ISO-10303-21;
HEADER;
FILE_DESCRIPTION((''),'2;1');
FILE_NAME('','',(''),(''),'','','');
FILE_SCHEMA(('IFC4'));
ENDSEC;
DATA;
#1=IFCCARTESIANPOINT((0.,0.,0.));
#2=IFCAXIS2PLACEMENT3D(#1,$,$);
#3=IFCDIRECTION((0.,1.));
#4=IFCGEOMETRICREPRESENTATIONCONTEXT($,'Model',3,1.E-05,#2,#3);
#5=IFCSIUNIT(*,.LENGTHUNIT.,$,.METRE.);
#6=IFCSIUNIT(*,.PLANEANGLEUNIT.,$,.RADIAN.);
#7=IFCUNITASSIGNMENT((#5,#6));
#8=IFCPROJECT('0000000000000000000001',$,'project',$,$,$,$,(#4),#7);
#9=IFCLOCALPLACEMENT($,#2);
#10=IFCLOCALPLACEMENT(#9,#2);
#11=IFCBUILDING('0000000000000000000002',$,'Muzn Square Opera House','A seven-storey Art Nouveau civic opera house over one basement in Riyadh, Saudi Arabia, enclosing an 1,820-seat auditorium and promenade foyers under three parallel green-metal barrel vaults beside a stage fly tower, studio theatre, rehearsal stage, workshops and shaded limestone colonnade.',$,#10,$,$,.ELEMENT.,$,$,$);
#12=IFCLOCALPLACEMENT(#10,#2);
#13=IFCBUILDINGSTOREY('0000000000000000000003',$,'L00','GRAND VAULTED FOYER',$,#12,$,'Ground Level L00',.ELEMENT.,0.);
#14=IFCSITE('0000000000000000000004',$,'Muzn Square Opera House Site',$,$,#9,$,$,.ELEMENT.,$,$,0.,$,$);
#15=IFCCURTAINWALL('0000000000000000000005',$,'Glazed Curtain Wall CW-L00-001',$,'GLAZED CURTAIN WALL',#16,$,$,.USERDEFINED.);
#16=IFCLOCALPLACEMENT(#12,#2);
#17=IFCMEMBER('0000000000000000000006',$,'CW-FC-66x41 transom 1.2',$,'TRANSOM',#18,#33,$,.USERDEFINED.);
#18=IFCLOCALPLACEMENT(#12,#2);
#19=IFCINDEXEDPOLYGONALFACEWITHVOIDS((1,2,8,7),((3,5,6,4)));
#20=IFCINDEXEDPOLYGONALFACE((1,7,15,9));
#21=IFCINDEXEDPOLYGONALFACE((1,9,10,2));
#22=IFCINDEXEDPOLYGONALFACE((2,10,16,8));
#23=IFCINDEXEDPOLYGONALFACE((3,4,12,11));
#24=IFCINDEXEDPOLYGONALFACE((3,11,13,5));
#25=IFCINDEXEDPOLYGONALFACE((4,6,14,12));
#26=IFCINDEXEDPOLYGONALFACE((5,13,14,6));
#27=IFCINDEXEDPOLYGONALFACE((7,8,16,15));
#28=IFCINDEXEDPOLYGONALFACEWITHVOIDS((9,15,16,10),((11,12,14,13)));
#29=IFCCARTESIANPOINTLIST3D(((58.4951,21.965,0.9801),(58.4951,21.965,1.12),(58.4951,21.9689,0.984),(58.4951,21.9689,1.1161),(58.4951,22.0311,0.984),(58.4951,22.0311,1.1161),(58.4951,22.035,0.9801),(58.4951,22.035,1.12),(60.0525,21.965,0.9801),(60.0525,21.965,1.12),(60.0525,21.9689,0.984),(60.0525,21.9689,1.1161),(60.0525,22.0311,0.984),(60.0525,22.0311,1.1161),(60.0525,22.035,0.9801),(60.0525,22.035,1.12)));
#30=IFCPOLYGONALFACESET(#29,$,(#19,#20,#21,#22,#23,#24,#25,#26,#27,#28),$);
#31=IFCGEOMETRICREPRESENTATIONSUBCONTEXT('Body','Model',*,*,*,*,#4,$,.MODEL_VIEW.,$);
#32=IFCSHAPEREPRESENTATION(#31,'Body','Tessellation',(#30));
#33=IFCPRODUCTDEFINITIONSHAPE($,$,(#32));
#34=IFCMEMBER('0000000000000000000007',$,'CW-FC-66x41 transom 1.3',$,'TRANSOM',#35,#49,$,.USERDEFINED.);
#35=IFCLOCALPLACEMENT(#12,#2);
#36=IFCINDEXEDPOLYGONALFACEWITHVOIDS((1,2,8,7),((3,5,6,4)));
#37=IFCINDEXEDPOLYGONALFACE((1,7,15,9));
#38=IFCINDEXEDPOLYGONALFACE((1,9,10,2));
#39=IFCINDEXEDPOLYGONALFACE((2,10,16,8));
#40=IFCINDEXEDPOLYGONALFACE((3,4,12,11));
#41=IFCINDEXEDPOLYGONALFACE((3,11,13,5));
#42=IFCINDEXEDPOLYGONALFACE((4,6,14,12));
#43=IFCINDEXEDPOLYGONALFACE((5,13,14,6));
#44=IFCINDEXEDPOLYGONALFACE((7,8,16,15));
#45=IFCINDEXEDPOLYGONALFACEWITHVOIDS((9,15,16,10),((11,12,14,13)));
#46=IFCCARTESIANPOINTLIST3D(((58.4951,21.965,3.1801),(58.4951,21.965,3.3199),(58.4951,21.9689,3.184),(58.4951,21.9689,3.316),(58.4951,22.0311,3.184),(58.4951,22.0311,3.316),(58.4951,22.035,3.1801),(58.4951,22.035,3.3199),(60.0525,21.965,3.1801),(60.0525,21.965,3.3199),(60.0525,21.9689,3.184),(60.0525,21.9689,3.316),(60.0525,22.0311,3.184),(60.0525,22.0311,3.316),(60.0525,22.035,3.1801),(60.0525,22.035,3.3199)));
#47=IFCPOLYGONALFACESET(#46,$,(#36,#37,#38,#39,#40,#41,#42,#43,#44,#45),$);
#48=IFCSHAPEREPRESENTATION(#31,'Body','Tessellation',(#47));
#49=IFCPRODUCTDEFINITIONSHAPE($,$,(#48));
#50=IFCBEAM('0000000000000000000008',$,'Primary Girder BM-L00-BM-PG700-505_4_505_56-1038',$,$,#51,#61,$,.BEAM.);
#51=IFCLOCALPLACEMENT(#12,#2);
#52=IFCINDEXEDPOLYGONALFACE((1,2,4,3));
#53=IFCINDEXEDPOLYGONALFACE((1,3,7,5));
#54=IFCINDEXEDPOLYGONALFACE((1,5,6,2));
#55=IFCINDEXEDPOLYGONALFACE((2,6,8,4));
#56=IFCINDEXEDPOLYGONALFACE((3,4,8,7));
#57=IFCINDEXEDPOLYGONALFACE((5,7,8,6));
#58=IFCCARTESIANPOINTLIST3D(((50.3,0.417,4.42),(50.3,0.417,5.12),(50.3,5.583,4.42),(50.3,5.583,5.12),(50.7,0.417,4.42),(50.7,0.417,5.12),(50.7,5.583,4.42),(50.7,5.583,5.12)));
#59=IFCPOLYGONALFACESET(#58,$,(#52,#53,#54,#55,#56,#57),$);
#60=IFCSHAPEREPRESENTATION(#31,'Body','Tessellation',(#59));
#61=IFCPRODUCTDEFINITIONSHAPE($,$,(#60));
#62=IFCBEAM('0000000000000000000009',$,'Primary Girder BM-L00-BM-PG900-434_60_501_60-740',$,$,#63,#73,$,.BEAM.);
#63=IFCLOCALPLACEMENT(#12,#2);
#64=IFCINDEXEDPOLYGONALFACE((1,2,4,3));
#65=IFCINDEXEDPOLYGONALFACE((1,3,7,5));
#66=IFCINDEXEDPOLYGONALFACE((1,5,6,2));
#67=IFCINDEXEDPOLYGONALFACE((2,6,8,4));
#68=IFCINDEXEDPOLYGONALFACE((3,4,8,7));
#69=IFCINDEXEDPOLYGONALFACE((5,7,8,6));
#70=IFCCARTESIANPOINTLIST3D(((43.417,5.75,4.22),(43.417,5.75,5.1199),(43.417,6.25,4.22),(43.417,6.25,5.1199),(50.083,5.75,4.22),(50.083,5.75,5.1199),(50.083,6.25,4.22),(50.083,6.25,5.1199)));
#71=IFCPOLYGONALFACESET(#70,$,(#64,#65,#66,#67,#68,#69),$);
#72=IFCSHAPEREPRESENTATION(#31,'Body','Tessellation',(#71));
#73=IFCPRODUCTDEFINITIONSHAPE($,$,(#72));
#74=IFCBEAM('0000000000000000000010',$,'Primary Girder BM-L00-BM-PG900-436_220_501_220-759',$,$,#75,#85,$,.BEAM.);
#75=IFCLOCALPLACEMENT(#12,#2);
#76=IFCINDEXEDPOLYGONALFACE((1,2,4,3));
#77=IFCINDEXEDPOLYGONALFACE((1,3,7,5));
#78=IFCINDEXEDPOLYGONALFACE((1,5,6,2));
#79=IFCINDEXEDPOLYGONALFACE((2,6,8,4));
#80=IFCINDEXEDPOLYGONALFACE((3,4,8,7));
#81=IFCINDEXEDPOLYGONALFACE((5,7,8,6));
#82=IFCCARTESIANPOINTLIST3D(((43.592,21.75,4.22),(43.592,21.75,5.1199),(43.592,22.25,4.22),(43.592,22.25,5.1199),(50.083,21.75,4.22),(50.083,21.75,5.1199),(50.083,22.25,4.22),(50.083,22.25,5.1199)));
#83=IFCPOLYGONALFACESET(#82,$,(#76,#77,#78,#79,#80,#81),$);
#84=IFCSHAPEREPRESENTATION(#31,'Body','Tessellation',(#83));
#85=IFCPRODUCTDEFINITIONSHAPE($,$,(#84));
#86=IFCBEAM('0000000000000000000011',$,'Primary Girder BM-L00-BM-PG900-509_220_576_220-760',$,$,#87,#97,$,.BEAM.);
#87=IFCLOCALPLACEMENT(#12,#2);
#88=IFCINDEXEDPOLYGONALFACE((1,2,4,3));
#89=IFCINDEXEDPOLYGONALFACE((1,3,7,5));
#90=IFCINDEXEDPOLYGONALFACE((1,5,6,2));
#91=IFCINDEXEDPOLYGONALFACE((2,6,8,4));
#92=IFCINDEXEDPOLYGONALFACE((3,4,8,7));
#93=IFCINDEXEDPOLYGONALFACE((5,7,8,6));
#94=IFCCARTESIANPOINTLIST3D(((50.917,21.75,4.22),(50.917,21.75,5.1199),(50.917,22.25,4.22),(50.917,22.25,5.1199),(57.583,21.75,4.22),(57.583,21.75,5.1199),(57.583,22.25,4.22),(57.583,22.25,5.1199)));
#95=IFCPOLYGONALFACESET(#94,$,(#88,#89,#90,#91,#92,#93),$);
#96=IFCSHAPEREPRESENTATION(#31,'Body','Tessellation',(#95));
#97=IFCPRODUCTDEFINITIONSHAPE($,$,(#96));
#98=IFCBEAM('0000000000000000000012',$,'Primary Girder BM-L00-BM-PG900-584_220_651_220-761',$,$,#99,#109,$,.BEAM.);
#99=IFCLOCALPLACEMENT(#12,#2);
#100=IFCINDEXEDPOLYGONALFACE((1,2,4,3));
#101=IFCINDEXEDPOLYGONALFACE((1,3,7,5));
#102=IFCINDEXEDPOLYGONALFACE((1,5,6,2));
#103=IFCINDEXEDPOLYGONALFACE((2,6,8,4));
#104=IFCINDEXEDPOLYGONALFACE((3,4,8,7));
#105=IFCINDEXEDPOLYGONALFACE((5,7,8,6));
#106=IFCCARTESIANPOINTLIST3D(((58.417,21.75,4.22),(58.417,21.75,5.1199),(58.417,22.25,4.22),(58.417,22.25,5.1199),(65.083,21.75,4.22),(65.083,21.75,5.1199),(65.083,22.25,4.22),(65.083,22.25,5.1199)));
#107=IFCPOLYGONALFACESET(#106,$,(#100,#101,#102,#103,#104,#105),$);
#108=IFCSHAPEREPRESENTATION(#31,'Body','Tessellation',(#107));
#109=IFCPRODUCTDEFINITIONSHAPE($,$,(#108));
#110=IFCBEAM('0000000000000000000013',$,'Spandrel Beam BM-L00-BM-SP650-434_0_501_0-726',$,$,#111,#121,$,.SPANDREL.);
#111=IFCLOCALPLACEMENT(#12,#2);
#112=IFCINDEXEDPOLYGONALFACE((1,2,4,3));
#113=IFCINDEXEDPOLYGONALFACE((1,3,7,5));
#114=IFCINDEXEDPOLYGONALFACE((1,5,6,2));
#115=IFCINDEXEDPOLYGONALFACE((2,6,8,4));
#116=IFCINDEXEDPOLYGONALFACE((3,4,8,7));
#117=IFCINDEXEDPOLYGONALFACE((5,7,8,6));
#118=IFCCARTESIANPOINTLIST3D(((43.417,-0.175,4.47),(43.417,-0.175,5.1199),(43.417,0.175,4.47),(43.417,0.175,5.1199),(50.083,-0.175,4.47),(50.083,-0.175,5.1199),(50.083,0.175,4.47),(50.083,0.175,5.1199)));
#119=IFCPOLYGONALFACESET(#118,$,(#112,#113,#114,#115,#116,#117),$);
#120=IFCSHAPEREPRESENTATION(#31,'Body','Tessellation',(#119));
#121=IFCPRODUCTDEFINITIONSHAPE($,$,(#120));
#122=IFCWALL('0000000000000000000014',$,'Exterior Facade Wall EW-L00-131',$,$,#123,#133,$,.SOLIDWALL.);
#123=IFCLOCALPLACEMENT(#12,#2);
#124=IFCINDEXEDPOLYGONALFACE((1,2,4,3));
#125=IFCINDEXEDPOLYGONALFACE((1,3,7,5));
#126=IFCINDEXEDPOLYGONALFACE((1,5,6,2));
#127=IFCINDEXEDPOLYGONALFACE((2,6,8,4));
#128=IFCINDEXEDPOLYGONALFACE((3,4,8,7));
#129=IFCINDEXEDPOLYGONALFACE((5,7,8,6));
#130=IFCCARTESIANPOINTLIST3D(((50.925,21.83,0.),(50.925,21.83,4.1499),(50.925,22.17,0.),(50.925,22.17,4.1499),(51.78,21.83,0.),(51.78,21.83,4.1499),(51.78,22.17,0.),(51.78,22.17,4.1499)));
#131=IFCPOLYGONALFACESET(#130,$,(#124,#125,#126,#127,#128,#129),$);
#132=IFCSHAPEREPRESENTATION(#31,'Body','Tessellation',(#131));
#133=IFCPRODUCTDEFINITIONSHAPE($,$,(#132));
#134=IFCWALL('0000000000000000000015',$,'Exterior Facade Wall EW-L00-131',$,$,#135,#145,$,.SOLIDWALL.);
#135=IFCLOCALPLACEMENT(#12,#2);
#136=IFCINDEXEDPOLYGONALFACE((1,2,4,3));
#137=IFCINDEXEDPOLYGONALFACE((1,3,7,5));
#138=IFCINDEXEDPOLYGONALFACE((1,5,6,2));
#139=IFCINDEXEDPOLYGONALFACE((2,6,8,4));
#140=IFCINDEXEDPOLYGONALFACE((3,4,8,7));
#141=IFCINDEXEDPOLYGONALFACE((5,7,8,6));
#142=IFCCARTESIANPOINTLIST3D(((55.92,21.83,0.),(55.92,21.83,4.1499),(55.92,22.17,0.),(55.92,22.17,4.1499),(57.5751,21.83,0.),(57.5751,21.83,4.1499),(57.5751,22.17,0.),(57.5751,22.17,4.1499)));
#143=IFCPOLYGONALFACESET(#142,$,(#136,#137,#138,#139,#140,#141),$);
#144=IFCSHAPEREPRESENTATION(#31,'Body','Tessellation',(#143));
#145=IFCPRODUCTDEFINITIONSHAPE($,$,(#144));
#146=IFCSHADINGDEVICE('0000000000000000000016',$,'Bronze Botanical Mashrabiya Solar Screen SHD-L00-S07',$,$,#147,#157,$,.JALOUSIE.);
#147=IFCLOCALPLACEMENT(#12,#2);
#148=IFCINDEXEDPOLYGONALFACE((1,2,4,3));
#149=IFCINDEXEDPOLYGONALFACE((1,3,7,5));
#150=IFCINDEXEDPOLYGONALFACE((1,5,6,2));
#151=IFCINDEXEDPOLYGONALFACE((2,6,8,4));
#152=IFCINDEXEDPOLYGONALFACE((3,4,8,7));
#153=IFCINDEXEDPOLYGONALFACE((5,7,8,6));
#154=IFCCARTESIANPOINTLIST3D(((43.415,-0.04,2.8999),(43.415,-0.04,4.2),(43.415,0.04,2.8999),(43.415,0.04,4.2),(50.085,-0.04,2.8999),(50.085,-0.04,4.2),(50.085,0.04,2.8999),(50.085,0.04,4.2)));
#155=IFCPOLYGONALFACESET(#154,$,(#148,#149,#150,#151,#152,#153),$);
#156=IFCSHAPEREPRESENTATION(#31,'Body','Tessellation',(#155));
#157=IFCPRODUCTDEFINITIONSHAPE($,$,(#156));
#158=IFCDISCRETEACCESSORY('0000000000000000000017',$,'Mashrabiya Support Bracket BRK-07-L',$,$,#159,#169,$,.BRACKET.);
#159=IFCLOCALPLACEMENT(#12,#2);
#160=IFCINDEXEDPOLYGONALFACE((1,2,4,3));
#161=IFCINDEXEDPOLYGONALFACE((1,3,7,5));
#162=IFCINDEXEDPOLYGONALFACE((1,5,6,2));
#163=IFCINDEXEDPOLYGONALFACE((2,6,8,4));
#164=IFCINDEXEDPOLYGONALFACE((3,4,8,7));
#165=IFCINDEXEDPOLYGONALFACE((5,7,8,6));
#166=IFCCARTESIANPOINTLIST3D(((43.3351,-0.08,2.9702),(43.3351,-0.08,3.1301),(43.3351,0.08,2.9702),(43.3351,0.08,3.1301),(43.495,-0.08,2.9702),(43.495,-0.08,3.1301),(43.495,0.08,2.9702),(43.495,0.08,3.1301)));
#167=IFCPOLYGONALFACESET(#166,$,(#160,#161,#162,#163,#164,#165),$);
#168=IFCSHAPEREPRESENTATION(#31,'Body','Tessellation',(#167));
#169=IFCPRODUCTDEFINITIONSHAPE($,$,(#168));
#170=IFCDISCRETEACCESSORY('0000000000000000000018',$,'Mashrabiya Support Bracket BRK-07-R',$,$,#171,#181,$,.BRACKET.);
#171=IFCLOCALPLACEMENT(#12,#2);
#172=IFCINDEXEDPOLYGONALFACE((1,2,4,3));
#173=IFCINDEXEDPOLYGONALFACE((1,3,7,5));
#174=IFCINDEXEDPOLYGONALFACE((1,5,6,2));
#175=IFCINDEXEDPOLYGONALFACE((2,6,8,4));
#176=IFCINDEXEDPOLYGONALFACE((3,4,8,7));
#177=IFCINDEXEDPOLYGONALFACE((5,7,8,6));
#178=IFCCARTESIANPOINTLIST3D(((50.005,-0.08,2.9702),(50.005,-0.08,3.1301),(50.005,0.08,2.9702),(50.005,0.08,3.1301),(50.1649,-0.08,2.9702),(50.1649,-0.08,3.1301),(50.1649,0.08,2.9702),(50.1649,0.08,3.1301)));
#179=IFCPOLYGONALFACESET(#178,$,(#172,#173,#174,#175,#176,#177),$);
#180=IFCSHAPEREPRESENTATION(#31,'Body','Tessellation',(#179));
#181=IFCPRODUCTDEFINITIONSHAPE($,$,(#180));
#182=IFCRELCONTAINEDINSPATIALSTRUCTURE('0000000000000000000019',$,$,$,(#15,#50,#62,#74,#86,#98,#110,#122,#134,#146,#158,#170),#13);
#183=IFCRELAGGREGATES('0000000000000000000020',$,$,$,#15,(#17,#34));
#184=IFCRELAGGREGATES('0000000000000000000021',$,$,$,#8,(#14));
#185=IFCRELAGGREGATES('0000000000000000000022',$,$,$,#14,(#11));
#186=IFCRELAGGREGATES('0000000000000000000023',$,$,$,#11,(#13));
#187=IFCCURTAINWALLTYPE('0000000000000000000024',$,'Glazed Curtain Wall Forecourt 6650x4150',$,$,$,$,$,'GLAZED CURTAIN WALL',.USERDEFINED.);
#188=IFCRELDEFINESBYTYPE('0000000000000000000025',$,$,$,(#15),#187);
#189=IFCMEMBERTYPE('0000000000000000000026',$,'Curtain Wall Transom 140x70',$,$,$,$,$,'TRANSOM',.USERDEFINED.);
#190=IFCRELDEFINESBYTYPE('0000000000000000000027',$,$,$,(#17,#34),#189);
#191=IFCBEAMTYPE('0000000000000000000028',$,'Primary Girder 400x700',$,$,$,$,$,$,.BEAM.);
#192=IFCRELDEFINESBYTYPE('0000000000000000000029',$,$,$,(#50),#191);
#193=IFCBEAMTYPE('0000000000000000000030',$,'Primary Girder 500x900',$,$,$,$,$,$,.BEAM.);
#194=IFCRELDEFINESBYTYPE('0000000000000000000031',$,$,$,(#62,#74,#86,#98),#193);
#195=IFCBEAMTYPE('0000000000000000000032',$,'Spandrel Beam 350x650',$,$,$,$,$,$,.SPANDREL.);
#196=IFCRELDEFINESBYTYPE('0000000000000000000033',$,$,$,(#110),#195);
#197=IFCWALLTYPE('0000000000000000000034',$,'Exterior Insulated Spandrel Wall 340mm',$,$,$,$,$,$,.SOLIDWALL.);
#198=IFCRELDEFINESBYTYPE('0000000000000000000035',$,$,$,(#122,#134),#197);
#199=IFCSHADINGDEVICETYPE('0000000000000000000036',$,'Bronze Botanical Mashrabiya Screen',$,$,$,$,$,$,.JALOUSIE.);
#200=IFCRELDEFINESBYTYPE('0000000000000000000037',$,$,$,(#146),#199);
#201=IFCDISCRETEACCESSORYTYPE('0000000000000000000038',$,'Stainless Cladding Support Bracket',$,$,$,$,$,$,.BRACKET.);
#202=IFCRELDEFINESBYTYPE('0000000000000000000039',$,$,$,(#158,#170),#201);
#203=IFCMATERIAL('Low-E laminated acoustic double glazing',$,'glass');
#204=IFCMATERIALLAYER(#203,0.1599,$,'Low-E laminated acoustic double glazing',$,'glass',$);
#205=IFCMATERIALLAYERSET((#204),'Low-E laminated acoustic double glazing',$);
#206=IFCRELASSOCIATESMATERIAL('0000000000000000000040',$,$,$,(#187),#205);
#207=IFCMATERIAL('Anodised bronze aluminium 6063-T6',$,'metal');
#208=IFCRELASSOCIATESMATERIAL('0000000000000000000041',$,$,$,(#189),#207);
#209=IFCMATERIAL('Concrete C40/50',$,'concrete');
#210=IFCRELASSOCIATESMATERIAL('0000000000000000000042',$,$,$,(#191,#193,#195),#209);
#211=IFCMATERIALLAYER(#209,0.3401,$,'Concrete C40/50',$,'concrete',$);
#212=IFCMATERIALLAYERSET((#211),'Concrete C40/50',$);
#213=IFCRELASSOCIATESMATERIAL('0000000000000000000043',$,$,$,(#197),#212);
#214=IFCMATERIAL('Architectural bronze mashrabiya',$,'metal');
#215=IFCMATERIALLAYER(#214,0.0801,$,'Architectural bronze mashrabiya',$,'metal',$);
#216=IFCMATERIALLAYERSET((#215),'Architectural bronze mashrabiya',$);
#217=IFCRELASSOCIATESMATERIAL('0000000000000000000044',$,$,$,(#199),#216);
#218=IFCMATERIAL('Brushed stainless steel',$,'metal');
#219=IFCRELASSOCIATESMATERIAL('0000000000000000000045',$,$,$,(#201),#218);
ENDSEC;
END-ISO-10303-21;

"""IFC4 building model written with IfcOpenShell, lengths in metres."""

from ifc_helpers import new_model, si_unit, direction, frame, frame_2d, origin, origin_2d, place, context, subcontext, project, spatial, rectangle, hollow_rectangle, extrude, material, layer, layer_set, material_profile, profile_set, type_object, element, aggregate, save


model = new_model("IFC4")

# Units and contexts
model_context = context("Model", 3, precision=1e-05, world=origin(), true_north=direction((0.0, 1.0)))
body_context = subcontext(model_context, "Body", "Model", "MODEL_VIEW")
ifc_project = project(units=[si_unit("LENGTHUNIT", "METRE"), si_unit("PLANEANGLEUNIT", "RADIAN")], contexts=[model_context])

# Site, building, storey
site_placement = place(None, origin())
site = spatial("IfcSite", under=ifc_project, at=site_placement, Name="Muzn Square Opera House Site", CompositionType="ELEMENT", RefElevation=0.0)
building_placement = place(site_placement, origin())
building = spatial("IfcBuilding", under=site, at=building_placement, Name="Muzn Square Opera House", Description="A seven-storey Art Nouveau civic opera house over one basement in Riyadh, Saudi Arabia, enclosing an 1,820-seat auditorium and promenade foyers under three parallel green-metal barrel vaults beside a stage fly tower, studio theatre, rehearsal stage, workshops and shaded limestone colonnade.", CompositionType="ELEMENT")
storey_placement = place(building_placement, origin())
storey = spatial("IfcBuildingStorey", under=building, at=storey_placement, Name="L00", Description="GRAND VAULTED FOYER", LongName="Ground Level L00", CompositionType="ELEMENT", Elevation=0.0)

# Curtain wall, members
ifc_material_1 = material(Name="Low-E laminated acoustic double glazing", Category="glass")
ifc_layer_1 = layer(ifc_material_1, 0.1599, Name="Low-E laminated acoustic double glazing", Category="glass")
ifc_layer_set_1 = layer_set([ifc_layer_1], Name="Low-E laminated acoustic double glazing")
curtain_wall_type = type_object("IfcCurtainWallType", Name="Glazed Curtain Wall Forecourt 6650x4150", ElementType="GLAZED CURTAIN WALL", PredefinedType="USERDEFINED", material=ifc_layer_set_1)
curtain_wall_placement = place(storey_placement, origin())
curtain_wall = element("IfcCurtainWall", 1, at=curtain_wall_placement, inside=storey, type_object=curtain_wall_type, Name="Glazed Curtain Wall CW-L00-001", ObjectType="GLAZED CURTAIN WALL", PredefinedType="USERDEFINED")
ifc_material_2 = material(Name="Anodised bronze aluminium 6063-T6", Category="metal")
ifc_material_profile_1 = material_profile(ifc_material_2, hollow_rectangle(XDim=0.0701, YDim=0.1399, WallThickness=0.0039, at=origin_2d()), Name="ALU 140x70x4", Category="metal")
ifc_profile_set_1 = profile_set([ifc_material_profile_1], Name="Anodised bronze aluminium 6063-T6")
member_type_1 = type_object("IfcMemberType", Name="Curtain Wall Transom 140x70", ElementType="TRANSOM", PredefinedType="USERDEFINED", material=ifc_profile_set_1)
member_1_placement = place(storey_placement, frame((58.4951, 22.0, 1.05), z_axis=(1.0, 0.0, 0.0), x_axis=(0.0, 1.0, 0.0)))
member_1 = element("IfcMember", 2, at=member_1_placement, type_object=member_type_1, Name="CW-FC-66x41 transom 1.2", ObjectType="TRANSOM", PredefinedType="USERDEFINED", context=body_context, shape_type="SweptSolid", body=[
    extrude(hollow_rectangle(XDim=0.0701, YDim=0.1399, WallThickness=0.0039, at=origin_2d()), origin(), (0.0, 0.0, 1.0), 1.5574),
])
member_2_placement = place(storey_placement, frame((58.4951, 22.0, 3.25), z_axis=(1.0, 0.0, 0.0), x_axis=(0.0, 1.0, 0.0)))
member_2 = element("IfcMember", 3, at=member_2_placement, type_object=member_type_1, Name="CW-FC-66x41 transom 1.3", ObjectType="TRANSOM", PredefinedType="USERDEFINED", context=body_context, shape_type="SweptSolid", body=[
    extrude(hollow_rectangle(XDim=0.0701, YDim=0.1399, WallThickness=0.0039, at=origin_2d()), origin(), (0.0, 0.0, 1.0), 1.5574),
])
aggregate(curtain_wall, [member_1, member_2])

# Beams
ifc_material_3 = material(Name="Concrete C40/50", Category="concrete")
ifc_material_profile_2 = material_profile(ifc_material_3, rectangle(XDim=0.3999, YDim=0.7, at=origin_2d()), Name="RCB 400x700", Category="concrete")
ifc_profile_set_2 = profile_set([ifc_material_profile_2], Name="Concrete C40/50")
beam_type_1 = type_object("IfcBeamType", Name="Primary Girder 400x700", PredefinedType="BEAM", material=ifc_profile_set_2)
beam_1_placement = place(storey_placement, frame((50.5, 0.417, 4.77), z_axis=(0.0, 1.0, 0.0), x_axis=(-1.0, 0.0, 0.0)))
element("IfcBeam", 4, at=beam_1_placement, inside=storey, type_object=beam_type_1, Name="Primary Girder BM-L00-BM-PG700-505_4_505_56-1038", PredefinedType="BEAM", context=body_context, shape_type="SweptSolid", body=[
    extrude(rectangle(XDim=0.3999, YDim=0.7, at=origin_2d()), origin(), (0.0, 0.0, 1.0), 5.166),
])
ifc_material_profile_3 = material_profile(ifc_material_3, rectangle(XDim=0.5, YDim=0.8999, at=origin_2d()), Name="RCB 500x900", Category="concrete")
ifc_profile_set_3 = profile_set([ifc_material_profile_3], Name="Concrete C40/50")
beam_type_2 = type_object("IfcBeamType", Name="Primary Girder 500x900", PredefinedType="BEAM", material=ifc_profile_set_3)
beam_2_placement = place(storey_placement, frame((43.417, 6.0, 4.6699), z_axis=(1.0, 0.0, 0.0), x_axis=(0.0, 1.0, 0.0)))
element("IfcBeam", 5, at=beam_2_placement, inside=storey, type_object=beam_type_2, Name="Primary Girder BM-L00-BM-PG900-434_60_501_60-740", PredefinedType="BEAM", context=body_context, shape_type="SweptSolid", body=[
    extrude(rectangle(XDim=0.5, YDim=0.8999, at=origin_2d()), origin(), (0.0, 0.0, 1.0), 6.666),
])
beam_3_placement = place(storey_placement, frame((43.592, 22.0, 4.6699), z_axis=(1.0, 0.0, 0.0), x_axis=(0.0, 1.0, 0.0)))
element("IfcBeam", 6, at=beam_3_placement, inside=storey, type_object=beam_type_2, Name="Primary Girder BM-L00-BM-PG900-436_220_501_220-759", PredefinedType="BEAM", context=body_context, shape_type="SweptSolid", body=[
    extrude(rectangle(XDim=0.5, YDim=0.8999, at=origin_2d()), origin(), (0.0, 0.0, 1.0), 6.491),
])
for number, where, z_axis, x_axis, name in (
    (7, (50.917, 22.0, 4.6699), (1.0, 0.0, 0.0), (0.0, 1.0, 0.0), "Primary Girder BM-L00-BM-PG900-509_220_576_220-760"),
    (8, (58.417, 22.0, 4.6699), (1.0, 0.0, 0.0), (0.0, 1.0, 0.0), "Primary Girder BM-L00-BM-PG900-584_220_651_220-761"),
):
    element("IfcBeam", number, at=place(storey_placement, frame(where, z_axis=z_axis, x_axis=x_axis)), inside=storey, type_object=beam_type_2, Name=name, PredefinedType="BEAM", context=body_context, shape_type="SweptSolid", body=[
        extrude(rectangle(XDim=0.5, YDim=0.8999, at=origin_2d()), origin(), (0.0, 0.0, 1.0), 6.666),
    ])
ifc_material_profile_4 = material_profile(ifc_material_3, rectangle(XDim=0.3501, YDim=0.6499, at=origin_2d()), Name="RCS 350x650", Category="concrete")
ifc_profile_set_4 = profile_set([ifc_material_profile_4], Name="Concrete C40/50")
beam_type_3 = type_object("IfcBeamType", Name="Spandrel Beam 350x650", PredefinedType="SPANDREL", material=ifc_profile_set_4)
beam_4_placement = place(storey_placement, frame((43.417, 0.0, 4.7949), z_axis=(1.0, 0.0, 0.0), x_axis=(0.0, 1.0, 0.0)))
element("IfcBeam", 9, at=beam_4_placement, inside=storey, type_object=beam_type_3, Name="Spandrel Beam BM-L00-BM-SP650-434_0_501_0-726", PredefinedType="SPANDREL", context=body_context, shape_type="SweptSolid", body=[
    extrude(rectangle(XDim=0.3501, YDim=0.6499, at=origin_2d()), origin(), (0.0, 0.0, 1.0), 6.666),
])

# Walls
ifc_layer_2 = layer(ifc_material_3, 0.3401, Name="Concrete C40/50", Category="concrete")
ifc_layer_set_2 = layer_set([ifc_layer_2], Name="Concrete C40/50")
wall_type = type_object("IfcWallType", Name="Exterior Insulated Spandrel Wall 340mm", PredefinedType="SOLIDWALL", material=ifc_layer_set_2)
wall_1_placement = place(storey_placement, frame((50.925, 22.0, 0.0), z_axis=(0.0, 0.0, 1.0), x_axis=(1.0, 0.0, 0.0)))
element("IfcWall", 10, at=wall_1_placement, inside=storey, type_object=wall_type, Name="Exterior Facade Wall EW-L00-131", PredefinedType="SOLIDWALL", context=body_context, shape_type="SweptSolid", body=[
    extrude(rectangle(XDim=0.855, YDim=0.3401, at=frame_2d((0.4275, 0.0))), origin(), (0.0, 0.0, 1.0), 4.1499),
])
wall_2_placement = place(storey_placement, frame((55.9199, 22.0, 0.0), z_axis=(0.0, 0.0, 1.0), x_axis=(1.0, 0.0, 0.0)))
element("IfcWall", 11, at=wall_2_placement, inside=storey, type_object=wall_type, Name="Exterior Facade Wall EW-L00-131", PredefinedType="SOLIDWALL", context=body_context, shape_type="SweptSolid", body=[
    extrude(rectangle(XDim=1.655, YDim=0.3401, at=frame_2d((0.8276, 0.0))), origin(), (0.0, 0.0, 1.0), 4.1499),
])

# Shading device
ifc_material_4 = material(Name="Architectural bronze mashrabiya", Category="metal")
ifc_layer_3 = layer(ifc_material_4, 0.0801, Name="Architectural bronze mashrabiya", Category="metal")
ifc_layer_set_3 = layer_set([ifc_layer_3], Name="Architectural bronze mashrabiya")
shading_device_type = type_object("IfcShadingDeviceType", Name="Bronze Botanical Mashrabiya Screen", PredefinedType="JALOUSIE", material=ifc_layer_set_3)
shading_device_placement = place(storey_placement, frame((46.75, 0.0, 2.8999), z_axis=(0.0, 0.0, 1.0), x_axis=(1.0, 0.0, 0.0)))
element("IfcShadingDevice", 12, at=shading_device_placement, inside=storey, type_object=shading_device_type, Name="Bronze Botanical Mashrabiya Solar Screen SHD-L00-S07", PredefinedType="JALOUSIE", context=body_context, shape_type="SweptSolid", body=[
    extrude(rectangle(XDim=6.6699, YDim=0.0801, at=origin_2d()), origin(), (0.0, 0.0, 1.0), 1.3),
])

# Discrete accessories
ifc_material_5 = material(Name="Brushed stainless steel", Category="metal")
discrete_accessory_type = type_object("IfcDiscreteAccessoryType", Name="Stainless Cladding Support Bracket", PredefinedType="BRACKET", material=ifc_material_5)
for number, where, z_axis, x_axis, name in (
    (13, (43.415, 0.0, 2.9702), (0.0, 0.0, 1.0), (1.0, 0.0, 0.0), "Mashrabiya Support Bracket BRK-07-L"),
    (14, (50.085, 0.0, 2.9702), (0.0, 0.0, 1.0), (1.0, 0.0, 0.0), "Mashrabiya Support Bracket BRK-07-R"),
):
    element("IfcDiscreteAccessory", number, at=place(storey_placement, frame(where, z_axis=z_axis, x_axis=x_axis)), inside=storey, type_object=discrete_accessory_type, Name=name, PredefinedType="BRACKET", context=body_context, shape_type="SweptSolid", body=[
        extrude(rectangle(XDim=0.1599, YDim=0.1599, at=origin_2d()), origin(), (0.0, 0.0, 1.0), 0.1599),
    ])

save(model, "model.ifc")
